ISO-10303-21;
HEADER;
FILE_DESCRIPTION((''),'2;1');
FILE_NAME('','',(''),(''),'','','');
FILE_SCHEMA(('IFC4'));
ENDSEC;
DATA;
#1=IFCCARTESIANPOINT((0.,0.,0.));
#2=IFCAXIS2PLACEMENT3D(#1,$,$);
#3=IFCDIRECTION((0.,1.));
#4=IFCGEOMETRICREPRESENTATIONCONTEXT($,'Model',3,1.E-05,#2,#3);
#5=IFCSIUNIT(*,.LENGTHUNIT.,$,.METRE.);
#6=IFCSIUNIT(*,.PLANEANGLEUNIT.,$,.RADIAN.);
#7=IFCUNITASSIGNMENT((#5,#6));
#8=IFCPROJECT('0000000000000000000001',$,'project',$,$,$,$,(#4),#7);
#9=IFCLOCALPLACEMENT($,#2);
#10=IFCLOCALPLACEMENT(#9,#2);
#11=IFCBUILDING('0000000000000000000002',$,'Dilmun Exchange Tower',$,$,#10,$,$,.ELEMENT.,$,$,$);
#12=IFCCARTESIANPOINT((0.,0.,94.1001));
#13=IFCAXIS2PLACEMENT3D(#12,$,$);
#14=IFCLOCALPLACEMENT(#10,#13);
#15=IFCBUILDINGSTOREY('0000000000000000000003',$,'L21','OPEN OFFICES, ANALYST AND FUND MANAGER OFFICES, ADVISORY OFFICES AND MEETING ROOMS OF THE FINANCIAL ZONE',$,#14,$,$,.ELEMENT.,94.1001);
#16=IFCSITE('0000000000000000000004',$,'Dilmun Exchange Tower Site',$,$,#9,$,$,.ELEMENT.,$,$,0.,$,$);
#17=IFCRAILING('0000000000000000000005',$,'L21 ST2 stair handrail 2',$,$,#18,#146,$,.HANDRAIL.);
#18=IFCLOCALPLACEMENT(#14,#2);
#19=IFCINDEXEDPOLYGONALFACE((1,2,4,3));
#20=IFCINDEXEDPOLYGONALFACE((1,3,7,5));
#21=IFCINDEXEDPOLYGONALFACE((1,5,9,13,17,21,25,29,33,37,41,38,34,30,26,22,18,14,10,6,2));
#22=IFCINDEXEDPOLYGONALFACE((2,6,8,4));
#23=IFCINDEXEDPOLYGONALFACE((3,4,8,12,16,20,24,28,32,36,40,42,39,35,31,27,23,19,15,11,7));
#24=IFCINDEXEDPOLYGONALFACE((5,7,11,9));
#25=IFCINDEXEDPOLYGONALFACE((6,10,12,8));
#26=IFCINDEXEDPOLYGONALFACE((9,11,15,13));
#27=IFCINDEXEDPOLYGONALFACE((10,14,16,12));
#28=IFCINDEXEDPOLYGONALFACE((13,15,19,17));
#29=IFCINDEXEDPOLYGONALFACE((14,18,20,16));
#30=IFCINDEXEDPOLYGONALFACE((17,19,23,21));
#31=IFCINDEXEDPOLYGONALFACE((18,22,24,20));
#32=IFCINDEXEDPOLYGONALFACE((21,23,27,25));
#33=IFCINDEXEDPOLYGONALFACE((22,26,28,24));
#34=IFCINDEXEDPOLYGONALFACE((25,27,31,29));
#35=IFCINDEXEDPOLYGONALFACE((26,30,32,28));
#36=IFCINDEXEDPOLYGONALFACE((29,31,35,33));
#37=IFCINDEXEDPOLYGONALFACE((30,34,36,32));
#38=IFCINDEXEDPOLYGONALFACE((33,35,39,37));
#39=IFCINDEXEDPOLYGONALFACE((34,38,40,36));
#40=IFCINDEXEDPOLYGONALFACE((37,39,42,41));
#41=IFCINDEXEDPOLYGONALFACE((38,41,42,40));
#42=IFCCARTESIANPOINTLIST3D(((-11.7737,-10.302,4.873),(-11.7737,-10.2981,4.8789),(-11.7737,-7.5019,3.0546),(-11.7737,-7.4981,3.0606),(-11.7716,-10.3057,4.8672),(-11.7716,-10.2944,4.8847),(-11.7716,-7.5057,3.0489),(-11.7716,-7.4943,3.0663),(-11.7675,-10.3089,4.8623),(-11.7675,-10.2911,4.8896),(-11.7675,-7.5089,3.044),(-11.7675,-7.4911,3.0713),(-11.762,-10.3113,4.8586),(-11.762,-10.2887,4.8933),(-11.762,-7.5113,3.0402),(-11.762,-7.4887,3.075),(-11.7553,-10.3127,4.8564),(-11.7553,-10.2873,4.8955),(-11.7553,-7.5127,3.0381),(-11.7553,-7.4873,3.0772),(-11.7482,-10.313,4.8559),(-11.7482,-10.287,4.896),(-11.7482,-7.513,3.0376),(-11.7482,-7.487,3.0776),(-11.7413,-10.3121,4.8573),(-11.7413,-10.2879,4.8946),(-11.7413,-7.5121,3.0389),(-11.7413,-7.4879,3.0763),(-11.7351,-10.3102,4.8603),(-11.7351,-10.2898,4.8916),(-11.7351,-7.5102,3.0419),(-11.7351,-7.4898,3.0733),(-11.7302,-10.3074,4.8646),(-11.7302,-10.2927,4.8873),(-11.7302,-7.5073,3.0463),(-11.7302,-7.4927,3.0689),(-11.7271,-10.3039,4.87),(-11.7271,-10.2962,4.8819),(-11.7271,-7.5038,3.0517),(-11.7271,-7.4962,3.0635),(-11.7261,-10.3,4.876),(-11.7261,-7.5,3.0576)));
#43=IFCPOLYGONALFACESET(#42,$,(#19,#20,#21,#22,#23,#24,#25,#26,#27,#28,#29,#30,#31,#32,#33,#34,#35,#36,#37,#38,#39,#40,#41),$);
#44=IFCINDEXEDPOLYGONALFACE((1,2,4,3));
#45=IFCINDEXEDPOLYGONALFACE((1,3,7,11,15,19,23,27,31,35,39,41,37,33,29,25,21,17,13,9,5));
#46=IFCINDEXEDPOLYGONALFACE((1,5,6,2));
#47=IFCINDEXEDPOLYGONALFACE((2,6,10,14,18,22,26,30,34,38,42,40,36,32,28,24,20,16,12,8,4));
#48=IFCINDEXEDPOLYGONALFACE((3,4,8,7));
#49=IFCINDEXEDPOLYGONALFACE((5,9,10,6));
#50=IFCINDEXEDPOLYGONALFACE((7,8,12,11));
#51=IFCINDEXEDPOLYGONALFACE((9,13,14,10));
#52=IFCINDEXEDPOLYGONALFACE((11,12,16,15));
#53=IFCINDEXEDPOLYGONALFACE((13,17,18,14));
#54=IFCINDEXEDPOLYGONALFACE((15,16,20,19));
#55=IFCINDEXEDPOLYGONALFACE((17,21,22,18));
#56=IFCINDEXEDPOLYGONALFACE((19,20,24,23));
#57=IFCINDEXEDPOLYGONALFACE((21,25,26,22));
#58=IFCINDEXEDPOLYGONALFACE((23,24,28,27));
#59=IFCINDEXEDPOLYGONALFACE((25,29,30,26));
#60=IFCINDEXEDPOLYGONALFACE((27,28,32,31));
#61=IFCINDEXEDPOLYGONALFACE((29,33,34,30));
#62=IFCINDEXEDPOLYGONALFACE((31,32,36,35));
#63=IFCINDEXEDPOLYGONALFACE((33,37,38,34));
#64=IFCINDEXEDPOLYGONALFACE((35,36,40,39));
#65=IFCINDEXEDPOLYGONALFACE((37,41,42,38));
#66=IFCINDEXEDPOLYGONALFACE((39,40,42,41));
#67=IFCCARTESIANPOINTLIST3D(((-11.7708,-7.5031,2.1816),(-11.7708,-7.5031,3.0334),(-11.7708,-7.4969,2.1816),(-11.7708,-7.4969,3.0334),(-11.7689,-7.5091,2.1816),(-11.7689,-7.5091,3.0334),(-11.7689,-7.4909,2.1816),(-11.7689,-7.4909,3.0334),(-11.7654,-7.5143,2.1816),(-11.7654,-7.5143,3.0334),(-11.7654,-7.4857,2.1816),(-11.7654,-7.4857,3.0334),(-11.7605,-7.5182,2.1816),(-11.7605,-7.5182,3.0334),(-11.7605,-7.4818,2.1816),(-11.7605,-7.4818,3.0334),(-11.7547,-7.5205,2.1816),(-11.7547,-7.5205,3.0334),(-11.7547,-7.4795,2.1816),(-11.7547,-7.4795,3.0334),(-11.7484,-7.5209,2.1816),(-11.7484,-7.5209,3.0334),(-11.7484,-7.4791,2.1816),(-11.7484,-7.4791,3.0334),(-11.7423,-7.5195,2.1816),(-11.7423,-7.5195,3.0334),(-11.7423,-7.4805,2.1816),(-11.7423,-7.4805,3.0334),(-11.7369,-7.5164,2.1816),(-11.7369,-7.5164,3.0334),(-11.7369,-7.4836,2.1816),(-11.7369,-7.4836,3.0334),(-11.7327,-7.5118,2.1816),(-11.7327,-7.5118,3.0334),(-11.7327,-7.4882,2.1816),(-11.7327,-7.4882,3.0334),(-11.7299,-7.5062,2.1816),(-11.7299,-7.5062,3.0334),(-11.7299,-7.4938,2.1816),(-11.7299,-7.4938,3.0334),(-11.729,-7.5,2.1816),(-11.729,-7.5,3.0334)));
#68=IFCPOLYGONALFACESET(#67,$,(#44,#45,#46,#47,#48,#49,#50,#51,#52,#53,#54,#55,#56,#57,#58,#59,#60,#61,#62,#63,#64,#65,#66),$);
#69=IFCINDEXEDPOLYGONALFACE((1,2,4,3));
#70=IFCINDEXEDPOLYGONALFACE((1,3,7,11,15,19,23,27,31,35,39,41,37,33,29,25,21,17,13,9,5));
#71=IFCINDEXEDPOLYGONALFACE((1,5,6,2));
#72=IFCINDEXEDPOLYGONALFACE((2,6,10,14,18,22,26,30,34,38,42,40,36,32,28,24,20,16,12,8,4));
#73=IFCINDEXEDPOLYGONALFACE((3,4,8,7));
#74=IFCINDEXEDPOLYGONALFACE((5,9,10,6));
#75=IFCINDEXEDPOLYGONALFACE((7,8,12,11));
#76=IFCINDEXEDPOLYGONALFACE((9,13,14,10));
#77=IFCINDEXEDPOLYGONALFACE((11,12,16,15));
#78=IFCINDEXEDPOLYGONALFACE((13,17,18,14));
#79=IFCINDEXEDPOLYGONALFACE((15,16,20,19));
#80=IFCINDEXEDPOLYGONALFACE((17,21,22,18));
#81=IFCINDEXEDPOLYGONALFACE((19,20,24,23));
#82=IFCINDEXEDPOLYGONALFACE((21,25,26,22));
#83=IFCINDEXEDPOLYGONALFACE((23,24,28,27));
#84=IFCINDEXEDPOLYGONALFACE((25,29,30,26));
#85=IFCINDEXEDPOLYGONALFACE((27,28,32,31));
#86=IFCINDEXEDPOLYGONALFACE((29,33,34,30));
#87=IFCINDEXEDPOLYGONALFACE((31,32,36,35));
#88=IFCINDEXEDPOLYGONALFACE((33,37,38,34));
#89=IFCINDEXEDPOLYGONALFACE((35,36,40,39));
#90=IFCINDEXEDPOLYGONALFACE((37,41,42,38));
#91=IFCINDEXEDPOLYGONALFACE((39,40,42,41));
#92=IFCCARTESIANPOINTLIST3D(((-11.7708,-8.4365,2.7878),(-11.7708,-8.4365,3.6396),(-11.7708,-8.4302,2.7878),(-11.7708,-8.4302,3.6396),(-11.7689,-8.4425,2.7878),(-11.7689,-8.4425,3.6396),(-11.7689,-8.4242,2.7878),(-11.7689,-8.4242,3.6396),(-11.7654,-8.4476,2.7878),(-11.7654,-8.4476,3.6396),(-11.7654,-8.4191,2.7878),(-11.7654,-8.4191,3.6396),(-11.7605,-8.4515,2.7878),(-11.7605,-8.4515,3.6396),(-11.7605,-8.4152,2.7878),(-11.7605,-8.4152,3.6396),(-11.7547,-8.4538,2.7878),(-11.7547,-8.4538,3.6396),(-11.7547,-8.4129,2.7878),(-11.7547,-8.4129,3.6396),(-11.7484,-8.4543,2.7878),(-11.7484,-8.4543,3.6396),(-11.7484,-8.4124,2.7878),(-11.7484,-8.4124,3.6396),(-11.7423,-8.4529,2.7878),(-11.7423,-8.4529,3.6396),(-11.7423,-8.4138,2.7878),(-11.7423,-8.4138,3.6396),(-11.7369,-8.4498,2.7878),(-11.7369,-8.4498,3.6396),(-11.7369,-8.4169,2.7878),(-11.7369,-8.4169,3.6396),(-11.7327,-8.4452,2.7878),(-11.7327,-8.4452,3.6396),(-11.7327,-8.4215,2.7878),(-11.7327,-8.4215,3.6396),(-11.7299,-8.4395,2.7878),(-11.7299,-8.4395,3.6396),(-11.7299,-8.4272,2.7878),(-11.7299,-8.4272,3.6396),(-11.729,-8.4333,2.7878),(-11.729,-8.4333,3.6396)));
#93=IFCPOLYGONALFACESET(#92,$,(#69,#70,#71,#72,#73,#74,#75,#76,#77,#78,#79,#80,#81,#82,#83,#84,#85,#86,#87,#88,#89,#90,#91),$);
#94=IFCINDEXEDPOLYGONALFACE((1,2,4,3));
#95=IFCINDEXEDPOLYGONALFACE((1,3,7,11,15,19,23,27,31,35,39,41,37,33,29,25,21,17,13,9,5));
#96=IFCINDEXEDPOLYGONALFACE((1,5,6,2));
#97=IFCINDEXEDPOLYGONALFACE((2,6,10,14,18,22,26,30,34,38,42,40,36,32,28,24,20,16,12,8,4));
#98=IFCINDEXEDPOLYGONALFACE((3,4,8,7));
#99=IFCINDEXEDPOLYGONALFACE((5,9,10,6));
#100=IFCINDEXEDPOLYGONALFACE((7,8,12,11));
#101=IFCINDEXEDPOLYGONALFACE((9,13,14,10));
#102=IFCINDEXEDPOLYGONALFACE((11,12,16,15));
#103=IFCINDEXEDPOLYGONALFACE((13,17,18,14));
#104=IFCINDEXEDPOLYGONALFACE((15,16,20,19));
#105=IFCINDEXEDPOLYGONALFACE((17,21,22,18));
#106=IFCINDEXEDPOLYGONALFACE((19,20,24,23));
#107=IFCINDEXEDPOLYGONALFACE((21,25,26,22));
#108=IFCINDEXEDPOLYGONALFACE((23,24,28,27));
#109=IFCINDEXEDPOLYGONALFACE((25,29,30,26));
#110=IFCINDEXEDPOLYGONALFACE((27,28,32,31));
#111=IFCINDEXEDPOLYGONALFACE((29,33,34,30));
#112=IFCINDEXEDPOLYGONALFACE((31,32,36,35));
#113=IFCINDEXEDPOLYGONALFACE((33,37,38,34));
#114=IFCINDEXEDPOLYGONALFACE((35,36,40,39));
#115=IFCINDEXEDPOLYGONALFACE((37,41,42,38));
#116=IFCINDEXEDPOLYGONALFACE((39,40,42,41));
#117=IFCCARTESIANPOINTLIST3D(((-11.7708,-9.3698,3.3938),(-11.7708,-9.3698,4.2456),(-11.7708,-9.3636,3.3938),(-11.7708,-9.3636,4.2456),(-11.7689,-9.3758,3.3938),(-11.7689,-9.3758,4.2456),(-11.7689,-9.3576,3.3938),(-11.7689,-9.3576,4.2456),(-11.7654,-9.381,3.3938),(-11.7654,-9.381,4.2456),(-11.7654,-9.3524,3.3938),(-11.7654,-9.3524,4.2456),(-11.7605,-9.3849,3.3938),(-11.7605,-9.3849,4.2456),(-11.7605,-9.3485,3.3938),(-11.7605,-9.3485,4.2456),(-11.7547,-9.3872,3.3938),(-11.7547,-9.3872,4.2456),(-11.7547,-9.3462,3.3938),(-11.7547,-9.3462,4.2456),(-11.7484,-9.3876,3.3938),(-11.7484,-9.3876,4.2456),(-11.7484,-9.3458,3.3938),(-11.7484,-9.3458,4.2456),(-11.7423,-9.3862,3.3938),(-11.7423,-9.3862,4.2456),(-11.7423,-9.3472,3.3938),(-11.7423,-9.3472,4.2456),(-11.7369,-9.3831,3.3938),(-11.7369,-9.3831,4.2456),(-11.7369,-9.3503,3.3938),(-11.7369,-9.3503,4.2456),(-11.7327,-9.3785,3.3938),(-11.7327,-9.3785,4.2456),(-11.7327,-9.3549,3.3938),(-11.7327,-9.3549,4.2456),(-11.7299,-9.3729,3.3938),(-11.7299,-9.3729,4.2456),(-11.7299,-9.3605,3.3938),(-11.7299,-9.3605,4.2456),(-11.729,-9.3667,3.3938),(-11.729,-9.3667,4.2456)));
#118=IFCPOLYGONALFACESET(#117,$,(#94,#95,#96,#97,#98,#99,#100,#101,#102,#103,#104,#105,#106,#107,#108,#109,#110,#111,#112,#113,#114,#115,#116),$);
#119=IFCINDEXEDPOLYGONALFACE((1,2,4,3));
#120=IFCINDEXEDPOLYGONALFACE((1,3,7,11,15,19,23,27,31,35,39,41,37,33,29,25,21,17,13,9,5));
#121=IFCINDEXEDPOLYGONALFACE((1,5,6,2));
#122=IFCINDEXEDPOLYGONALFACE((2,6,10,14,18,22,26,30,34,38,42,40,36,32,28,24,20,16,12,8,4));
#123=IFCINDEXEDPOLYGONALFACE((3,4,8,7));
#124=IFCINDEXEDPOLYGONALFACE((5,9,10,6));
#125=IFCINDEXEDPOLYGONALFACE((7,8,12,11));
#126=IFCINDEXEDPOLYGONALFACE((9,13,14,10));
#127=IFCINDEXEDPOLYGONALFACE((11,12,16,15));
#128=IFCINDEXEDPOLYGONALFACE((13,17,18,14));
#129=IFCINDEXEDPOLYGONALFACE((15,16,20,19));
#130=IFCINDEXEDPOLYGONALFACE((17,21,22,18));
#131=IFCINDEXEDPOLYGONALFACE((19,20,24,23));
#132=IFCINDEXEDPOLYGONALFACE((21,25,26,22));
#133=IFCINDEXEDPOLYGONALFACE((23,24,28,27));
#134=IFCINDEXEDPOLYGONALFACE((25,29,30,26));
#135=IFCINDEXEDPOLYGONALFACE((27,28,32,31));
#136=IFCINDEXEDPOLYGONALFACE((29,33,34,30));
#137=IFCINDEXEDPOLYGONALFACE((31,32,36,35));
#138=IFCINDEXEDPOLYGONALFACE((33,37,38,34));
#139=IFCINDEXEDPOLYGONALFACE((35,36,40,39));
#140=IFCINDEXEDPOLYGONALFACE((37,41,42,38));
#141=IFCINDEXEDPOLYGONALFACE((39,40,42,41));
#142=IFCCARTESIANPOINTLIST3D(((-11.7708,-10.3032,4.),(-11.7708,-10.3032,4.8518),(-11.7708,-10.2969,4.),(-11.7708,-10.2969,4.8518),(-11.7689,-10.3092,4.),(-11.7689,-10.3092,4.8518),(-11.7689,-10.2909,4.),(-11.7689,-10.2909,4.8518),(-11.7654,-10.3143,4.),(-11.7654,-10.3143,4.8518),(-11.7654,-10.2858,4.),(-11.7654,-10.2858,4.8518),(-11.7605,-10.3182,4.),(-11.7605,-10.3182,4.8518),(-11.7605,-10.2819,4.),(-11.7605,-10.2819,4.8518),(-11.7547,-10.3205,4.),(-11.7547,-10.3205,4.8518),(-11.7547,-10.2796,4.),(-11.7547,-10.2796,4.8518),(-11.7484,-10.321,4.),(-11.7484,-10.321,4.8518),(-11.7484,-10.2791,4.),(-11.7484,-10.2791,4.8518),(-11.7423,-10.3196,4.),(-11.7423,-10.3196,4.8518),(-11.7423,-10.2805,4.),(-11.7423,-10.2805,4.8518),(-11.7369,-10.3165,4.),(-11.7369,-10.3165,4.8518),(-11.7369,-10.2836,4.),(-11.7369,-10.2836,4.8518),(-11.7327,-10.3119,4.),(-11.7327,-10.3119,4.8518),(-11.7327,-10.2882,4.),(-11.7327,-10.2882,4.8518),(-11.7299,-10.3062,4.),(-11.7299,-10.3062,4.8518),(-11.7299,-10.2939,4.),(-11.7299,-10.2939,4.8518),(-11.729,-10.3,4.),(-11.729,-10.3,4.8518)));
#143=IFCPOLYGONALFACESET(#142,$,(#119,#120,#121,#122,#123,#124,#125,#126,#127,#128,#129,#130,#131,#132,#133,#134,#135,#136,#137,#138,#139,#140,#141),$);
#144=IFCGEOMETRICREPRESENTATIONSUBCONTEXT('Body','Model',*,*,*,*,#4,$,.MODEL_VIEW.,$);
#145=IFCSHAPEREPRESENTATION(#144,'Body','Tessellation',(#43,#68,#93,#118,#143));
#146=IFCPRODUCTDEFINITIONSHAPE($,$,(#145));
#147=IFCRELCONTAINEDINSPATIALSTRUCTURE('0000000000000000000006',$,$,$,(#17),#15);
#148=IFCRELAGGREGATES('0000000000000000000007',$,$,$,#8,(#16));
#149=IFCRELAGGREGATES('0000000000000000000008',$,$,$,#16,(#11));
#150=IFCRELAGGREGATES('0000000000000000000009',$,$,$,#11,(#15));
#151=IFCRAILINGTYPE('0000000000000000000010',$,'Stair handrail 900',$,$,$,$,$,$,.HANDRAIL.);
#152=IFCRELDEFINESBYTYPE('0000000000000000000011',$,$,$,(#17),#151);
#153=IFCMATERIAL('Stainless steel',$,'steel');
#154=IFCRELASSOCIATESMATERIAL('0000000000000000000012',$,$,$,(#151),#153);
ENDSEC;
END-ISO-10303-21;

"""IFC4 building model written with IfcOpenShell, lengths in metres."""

from ifc_helpers import new_model, si_unit, direction, frame, origin, origin_2d, place, context, subcontext, project, spatial, circle, extrude, material, type_object, element, save


model = new_model("IFC4")

# Units and contexts
model_context = context("Model", 3, precision=1e-05, world=origin(), true_north=direction((0.0, 1.0)))
body_context = subcontext(model_context, "Body", "Model", "MODEL_VIEW")
ifc_project = project(units=[si_unit("LENGTHUNIT", "METRE"), si_unit("PLANEANGLEUNIT", "RADIAN")], contexts=[model_context])

# Site, building, storey
site_placement = place(None, origin())
site = spatial("IfcSite", under=ifc_project, at=site_placement, Name="Dilmun Exchange Tower Site", CompositionType="ELEMENT", RefElevation=0.0)
building_placement = place(site_placement, origin())
building = spatial("IfcBuilding", under=site, at=building_placement, Name="Dilmun Exchange Tower", CompositionType="ELEMENT")
storey_placement = place(building_placement, frame((0.0, 0.0, 94.1001)))
storey = spatial("IfcBuildingStorey", under=building, at=storey_placement, Name="L21", Description="OPEN OFFICES, ANALYST AND FUND MANAGER OFFICES, ADVISORY OFFICES AND MEETING ROOMS OF THE FINANCIAL ZONE", CompositionType="ELEMENT", Elevation=94.1001)

# Railing
ifc_material_1 = material(Name="Stainless steel", Category="steel")
railing_type = type_object("IfcRailingType", Name="Stair handrail 900", PredefinedType="HANDRAIL", material=ifc_material_1)
railing_placement = place(storey_placement, frame((-11.75, -7.5, 2.1816)))
element("IfcRailing", 1, at=railing_placement, inside=storey, type_object=railing_type, Name="L21 ST2 stair handrail 2", PredefinedType="HANDRAIL", context=body_context, shape_type="SweptSolid", body=[
    extrude(circle(Radius=0.0239, at=origin_2d()), frame((0.0, 0.0, 0.876), z_axis=(0.0, -0.838672, 0.544636), x_axis=(1.0, 0.0, 0.0)), (0.0, 0.0, 1.0), 3.3386),
    extrude(circle(Radius=0.021, at=origin_2d()), origin(), (0.0, 0.0, 1.0), 0.8518),
    extrude(circle(Radius=0.021, at=origin_2d()), frame((0.0, -0.9333, 0.6062)), (0.0, 0.0, 1.0), 0.8518),
    extrude(circle(Radius=0.021, at=origin_2d()), frame((0.0, -1.8667, 1.2122)), (0.0, 0.0, 1.0), 0.8518),
    extrude(circle(Radius=0.021, at=origin_2d()), frame((0.0, -2.8, 1.8184)), (0.0, 0.0, 1.0), 0.8518),
])

save(model, "model.ifc")
